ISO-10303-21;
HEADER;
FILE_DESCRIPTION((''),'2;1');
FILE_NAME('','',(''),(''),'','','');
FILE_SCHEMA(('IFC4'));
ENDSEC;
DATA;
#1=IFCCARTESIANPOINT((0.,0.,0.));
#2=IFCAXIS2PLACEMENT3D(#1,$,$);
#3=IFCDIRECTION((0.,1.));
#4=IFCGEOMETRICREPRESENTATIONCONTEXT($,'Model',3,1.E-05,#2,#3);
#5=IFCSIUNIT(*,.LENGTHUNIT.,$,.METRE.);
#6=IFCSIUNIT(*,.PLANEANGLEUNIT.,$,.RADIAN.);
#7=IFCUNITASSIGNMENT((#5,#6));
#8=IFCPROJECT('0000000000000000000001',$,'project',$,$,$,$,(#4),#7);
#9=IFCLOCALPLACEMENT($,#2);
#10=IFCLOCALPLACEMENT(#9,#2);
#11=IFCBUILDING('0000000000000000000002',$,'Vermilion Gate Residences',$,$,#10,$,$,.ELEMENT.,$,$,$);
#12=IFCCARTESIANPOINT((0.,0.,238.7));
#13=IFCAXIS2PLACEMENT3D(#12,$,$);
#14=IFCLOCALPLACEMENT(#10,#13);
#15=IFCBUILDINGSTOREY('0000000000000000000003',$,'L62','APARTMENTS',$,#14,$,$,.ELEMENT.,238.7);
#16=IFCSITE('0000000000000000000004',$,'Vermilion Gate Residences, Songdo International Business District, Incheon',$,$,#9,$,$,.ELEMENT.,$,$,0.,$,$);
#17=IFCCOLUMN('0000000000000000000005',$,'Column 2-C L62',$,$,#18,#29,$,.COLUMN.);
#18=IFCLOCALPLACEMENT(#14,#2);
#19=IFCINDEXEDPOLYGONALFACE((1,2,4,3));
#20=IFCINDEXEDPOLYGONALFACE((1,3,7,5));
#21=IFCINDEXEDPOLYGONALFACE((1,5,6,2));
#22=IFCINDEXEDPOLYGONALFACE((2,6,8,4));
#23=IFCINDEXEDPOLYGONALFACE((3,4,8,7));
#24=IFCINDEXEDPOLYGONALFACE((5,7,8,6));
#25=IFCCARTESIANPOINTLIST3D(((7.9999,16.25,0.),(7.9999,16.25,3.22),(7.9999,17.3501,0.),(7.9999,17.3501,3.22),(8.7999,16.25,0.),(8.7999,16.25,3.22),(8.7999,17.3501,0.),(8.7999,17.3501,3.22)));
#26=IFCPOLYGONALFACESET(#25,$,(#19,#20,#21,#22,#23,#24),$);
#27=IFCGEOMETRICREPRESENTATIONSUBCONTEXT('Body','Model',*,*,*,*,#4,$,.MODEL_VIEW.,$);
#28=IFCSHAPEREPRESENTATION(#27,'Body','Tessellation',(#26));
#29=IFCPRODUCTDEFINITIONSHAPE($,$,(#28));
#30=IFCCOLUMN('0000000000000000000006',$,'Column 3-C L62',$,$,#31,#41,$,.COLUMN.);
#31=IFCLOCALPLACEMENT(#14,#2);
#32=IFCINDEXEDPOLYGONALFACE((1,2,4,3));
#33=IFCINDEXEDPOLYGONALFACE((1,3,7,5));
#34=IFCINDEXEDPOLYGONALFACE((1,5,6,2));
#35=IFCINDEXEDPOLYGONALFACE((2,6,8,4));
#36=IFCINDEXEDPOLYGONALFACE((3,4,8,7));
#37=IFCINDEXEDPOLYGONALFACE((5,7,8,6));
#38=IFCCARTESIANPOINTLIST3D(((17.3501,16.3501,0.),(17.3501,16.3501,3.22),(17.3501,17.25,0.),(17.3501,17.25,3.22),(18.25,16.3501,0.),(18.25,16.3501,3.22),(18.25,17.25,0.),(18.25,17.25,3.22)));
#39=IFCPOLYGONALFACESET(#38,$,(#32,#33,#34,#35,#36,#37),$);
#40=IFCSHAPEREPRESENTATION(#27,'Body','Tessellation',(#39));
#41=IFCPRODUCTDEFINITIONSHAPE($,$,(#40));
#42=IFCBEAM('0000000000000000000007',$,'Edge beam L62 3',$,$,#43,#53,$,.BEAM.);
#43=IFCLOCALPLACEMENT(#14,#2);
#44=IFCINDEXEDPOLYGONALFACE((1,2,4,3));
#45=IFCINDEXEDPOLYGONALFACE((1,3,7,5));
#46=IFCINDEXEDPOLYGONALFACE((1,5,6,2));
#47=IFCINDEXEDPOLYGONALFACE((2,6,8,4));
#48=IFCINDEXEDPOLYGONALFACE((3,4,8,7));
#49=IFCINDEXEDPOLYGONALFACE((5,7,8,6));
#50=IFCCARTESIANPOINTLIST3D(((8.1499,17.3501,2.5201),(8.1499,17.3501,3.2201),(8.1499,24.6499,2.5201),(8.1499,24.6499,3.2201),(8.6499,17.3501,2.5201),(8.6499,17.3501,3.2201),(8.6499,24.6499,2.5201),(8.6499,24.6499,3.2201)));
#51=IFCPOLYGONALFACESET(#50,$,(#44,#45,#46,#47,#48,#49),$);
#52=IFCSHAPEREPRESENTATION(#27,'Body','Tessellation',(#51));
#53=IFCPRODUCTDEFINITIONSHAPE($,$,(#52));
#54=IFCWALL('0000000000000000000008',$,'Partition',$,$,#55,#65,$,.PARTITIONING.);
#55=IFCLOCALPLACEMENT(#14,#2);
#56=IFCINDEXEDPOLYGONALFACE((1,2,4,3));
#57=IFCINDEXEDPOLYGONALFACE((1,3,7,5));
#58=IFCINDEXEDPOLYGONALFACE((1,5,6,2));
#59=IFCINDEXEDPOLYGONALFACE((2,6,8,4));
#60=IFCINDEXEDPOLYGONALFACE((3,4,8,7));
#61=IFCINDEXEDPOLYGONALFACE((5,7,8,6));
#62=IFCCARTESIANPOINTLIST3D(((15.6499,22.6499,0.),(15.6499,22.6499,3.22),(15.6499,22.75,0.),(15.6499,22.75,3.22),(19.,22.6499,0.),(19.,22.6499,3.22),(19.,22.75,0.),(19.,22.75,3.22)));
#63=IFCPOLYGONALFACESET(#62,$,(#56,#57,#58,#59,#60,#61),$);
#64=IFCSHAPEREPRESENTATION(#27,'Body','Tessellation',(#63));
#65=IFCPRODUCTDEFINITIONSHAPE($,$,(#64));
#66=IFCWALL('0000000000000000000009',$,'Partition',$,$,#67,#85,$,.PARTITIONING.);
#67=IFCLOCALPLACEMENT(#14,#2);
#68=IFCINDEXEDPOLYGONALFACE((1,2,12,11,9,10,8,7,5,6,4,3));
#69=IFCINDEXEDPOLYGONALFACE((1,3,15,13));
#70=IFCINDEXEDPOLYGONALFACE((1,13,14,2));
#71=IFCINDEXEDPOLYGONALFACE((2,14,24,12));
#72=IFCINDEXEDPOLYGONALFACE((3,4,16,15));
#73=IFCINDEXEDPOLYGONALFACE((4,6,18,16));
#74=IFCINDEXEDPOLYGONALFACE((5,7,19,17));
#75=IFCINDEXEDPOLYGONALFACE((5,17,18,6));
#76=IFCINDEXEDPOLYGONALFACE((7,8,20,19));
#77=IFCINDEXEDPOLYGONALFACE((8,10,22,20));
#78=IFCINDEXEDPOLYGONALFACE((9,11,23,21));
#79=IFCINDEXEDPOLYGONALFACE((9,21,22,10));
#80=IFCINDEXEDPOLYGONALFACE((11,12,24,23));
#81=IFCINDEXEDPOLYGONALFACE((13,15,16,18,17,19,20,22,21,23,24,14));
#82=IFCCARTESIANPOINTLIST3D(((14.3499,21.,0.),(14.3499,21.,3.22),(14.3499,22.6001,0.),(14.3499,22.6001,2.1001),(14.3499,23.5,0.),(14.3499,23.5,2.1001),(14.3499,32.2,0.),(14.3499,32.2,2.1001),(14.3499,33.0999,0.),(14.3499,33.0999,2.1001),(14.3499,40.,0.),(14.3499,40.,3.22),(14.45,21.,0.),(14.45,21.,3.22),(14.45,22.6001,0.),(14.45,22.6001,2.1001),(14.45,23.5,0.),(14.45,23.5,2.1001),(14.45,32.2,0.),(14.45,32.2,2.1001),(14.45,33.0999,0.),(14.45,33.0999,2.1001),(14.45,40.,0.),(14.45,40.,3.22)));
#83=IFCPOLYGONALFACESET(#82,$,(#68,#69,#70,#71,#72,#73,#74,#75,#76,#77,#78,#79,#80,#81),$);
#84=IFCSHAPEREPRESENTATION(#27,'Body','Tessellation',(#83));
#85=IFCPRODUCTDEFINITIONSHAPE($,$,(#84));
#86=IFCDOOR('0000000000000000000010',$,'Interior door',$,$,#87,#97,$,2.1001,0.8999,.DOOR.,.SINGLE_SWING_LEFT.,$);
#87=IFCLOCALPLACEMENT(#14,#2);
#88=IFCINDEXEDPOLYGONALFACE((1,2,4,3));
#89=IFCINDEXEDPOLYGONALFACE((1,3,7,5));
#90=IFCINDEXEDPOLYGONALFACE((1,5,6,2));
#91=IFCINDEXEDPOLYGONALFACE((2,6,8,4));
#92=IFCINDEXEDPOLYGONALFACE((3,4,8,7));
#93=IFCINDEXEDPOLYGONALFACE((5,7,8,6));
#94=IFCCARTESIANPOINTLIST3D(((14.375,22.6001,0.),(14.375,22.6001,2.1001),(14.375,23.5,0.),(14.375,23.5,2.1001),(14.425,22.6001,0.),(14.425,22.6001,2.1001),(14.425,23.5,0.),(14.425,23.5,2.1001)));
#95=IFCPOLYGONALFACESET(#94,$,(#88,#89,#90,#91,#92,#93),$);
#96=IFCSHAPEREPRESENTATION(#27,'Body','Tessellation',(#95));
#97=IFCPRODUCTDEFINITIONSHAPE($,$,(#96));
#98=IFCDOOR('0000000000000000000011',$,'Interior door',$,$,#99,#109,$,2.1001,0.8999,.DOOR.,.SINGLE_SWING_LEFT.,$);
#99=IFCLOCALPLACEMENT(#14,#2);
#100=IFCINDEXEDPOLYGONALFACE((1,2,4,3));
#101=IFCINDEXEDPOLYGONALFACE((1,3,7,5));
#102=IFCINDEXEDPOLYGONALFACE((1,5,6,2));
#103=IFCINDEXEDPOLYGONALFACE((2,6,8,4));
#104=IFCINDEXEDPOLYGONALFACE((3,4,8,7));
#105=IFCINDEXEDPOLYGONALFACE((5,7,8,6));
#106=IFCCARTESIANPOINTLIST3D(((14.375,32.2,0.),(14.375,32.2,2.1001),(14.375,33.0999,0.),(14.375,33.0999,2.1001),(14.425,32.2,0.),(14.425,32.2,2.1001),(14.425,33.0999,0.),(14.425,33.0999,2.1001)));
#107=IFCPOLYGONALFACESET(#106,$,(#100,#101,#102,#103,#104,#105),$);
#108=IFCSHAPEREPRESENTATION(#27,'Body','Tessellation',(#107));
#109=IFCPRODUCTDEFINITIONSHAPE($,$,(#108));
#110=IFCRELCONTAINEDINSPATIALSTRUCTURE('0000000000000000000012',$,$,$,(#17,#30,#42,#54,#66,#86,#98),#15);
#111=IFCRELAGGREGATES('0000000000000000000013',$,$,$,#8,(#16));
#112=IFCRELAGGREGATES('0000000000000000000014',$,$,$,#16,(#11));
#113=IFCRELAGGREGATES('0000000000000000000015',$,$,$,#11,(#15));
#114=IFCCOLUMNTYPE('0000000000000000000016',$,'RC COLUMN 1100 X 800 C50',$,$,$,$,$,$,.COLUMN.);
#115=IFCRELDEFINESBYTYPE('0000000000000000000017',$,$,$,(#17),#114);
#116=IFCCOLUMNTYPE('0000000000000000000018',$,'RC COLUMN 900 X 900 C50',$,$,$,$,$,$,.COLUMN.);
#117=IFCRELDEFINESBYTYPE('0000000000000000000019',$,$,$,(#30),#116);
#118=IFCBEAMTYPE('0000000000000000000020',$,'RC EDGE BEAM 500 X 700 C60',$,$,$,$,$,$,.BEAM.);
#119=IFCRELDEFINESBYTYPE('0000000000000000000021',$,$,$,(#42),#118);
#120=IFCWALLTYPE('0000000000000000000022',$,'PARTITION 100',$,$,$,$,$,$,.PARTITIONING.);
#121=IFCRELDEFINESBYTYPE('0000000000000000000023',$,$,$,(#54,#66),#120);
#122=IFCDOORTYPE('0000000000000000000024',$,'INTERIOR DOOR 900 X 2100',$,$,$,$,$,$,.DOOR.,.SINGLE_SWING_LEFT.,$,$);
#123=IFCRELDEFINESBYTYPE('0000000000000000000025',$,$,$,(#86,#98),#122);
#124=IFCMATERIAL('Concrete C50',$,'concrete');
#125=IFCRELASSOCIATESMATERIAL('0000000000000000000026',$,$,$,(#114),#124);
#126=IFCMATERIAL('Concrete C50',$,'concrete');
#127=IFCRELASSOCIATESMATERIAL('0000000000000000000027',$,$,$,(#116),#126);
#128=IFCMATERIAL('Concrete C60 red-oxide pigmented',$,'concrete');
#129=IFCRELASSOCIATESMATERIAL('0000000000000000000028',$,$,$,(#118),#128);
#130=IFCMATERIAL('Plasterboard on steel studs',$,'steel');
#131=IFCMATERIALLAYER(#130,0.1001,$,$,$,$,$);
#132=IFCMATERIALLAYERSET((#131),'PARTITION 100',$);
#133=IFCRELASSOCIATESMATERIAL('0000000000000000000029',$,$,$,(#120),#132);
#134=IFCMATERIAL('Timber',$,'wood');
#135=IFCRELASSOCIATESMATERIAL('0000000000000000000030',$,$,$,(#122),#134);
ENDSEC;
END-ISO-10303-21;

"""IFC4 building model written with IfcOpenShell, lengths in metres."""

from ifc_helpers import new_model, si_unit, direction, frame, frame_2d, origin, origin_2d, place, context, subcontext, project, spatial, rectangle, extrude, material, layer, layer_set, material_profile, profile_set, type_object, element, fill, save


model = new_model("IFC4")

# Units and contexts
model_context = context("Model", 3, precision=1e-05, world=origin(), true_north=direction((0.0, 1.0)))
body_context = subcontext(model_context, "Body", "Model", "MODEL_VIEW")
ifc_project = project(units=[si_unit("LENGTHUNIT", "METRE"), si_unit("PLANEANGLEUNIT", "RADIAN")], contexts=[model_context])

# Site, building, storey
site_placement = place(None, origin())
site = spatial("IfcSite", under=ifc_project, at=site_placement, Name="Vermilion Gate Residences, Songdo International Business District, Incheon", CompositionType="ELEMENT", RefElevation=0.0)
building_placement = place(site_placement, origin())
building = spatial("IfcBuilding", under=site, at=building_placement, Name="Vermilion Gate Residences", CompositionType="ELEMENT")
storey_placement = place(building_placement, frame((0.0, 0.0, 238.7)))
storey = spatial("IfcBuildingStorey", under=building, at=storey_placement, Name="L62", Description="APARTMENTS", CompositionType="ELEMENT", Elevation=238.7)

# Columns
ifc_material_1 = material(Name="Concrete C50", Category="concrete")
ifc_material_profile_1 = material_profile(ifc_material_1, rectangle(XDim=1.1001, YDim=0.8, at=origin_2d()), Name="RC-1100x800")
ifc_profile_set_1 = profile_set([ifc_material_profile_1], Name="Concrete C50")
column_type_1 = type_object("IfcColumnType", Name="RC COLUMN 1100 X 800 C50", PredefinedType="COLUMN", material=ifc_profile_set_1)
column_1_placement = place(storey_placement, frame((8.3999, 16.8, 0.0), z_axis=(0.0, 0.0, 1.0), x_axis=(0.0, 1.0, 0.0)))
element("IfcColumn", 1, at=column_1_placement, inside=storey, type_object=column_type_1, Name="Column 2-C L62", PredefinedType="COLUMN", context=body_context, shape_type="SweptSolid", body=[
    extrude(rectangle(XDim=1.1001, YDim=0.8, at=origin_2d()), origin(), (0.0, 0.0, 1.0), 3.22),
])
ifc_material_2 = material(Name="Concrete C50", Category="concrete")
ifc_material_profile_2 = material_profile(ifc_material_2, rectangle(XDim=0.8999, YDim=0.8999, at=origin_2d()), Name="RC-900x900")
ifc_profile_set_2 = profile_set([ifc_material_profile_2], Name="Concrete C50")
column_type_2 = type_object("IfcColumnType", Name="RC COLUMN 900 X 900 C50", PredefinedType="COLUMN", material=ifc_profile_set_2)
column_2_placement = place(storey_placement, frame((17.8, 16.8, 0.0), z_axis=(0.0, 0.0, 1.0), x_axis=(1.0, 0.0, 0.0)))
element("IfcColumn", 2, at=column_2_placement, inside=storey, type_object=column_type_2, Name="Column 3-C L62", PredefinedType="COLUMN", context=body_context, shape_type="SweptSolid", body=[
    extrude(rectangle(XDim=0.8999, YDim=0.8999, at=origin_2d()), origin(), (0.0, 0.0, 1.0), 3.22),
])

# Beam
ifc_material_3 = material(Name="Concrete C60 red-oxide pigmented", Category="concrete")
ifc_material_profile_3 = material_profile(ifc_material_3, rectangle(XDim=0.5, YDim=0.7, at=origin_2d()), Name="RC-500x700")
ifc_profile_set_3 = profile_set([ifc_material_profile_3], Name="Concrete C60 red-oxide pigmented")
beam_type = type_object("IfcBeamType", Name="RC EDGE BEAM 500 X 700 C60", PredefinedType="BEAM", material=ifc_profile_set_3)
beam_placement = place(storey_placement, frame((8.3999, 17.3501, 2.8701), z_axis=(0.0, 1.0, 0.0), x_axis=(-1.0, 0.0, 0.0)))
element("IfcBeam", 3, at=beam_placement, inside=storey, type_object=beam_type, Name="Edge beam L62 3", PredefinedType="BEAM", context=body_context, shape_type="SweptSolid", body=[
    extrude(rectangle(XDim=0.5, YDim=0.7, at=origin_2d()), origin(), (0.0, 0.0, 1.0), 7.2998),
])

# Wall
ifc_material_4 = material(Name="Plasterboard on steel studs", Category="steel")
ifc_layer_1 = layer(ifc_material_4, 0.1001)
ifc_layer_set_1 = layer_set([ifc_layer_1], Name="PARTITION 100")
wall_type_1 = type_object("IfcWallType", Name="PARTITION 100", PredefinedType="PARTITIONING", material=ifc_layer_set_1)
wall_1_placement = place(storey_placement, frame((15.6499, 22.7, 0.0), z_axis=(0.0, 0.0, 1.0), x_axis=(1.0, 0.0, 0.0)))
element("IfcWall", 4, at=wall_1_placement, inside=storey, type_object=wall_type_1, Name="Partition", PredefinedType="PARTITIONING", context=body_context, shape_type="SweptSolid", body=[
    extrude(rectangle(XDim=3.3501, YDim=0.1001, at=frame_2d((1.675, 0.0))), origin(), (0.0, 0.0, 1.0), 3.22),
])

# Wall, openings, doors
wall_2_placement = place(storey_placement, frame((14.3999, 21.0, 0.0), z_axis=(0.0, 0.0, 1.0), x_axis=(0.0, 1.0, 0.0)))
wall_2 = element("IfcWall", 5, at=wall_2_placement, inside=storey, type_object=wall_type_1, Name="Partition", PredefinedType="PARTITIONING", context=body_context, shape_type="SweptSolid", body=[
    extrude(rectangle(XDim=19.0, YDim=0.1001, at=frame_2d((9.5, 0.0))), origin(), (0.0, 0.0, 1.0), 3.22),
])
opening_1_placement = place(wall_2_placement, frame((1.6001, 0.0, 0.0)))
opening_1 = element("IfcOpeningElement", 6, at=opening_1_placement, cuts=wall_2, PredefinedType="OPENING", context=body_context, shape_type="SweptSolid", body=[
    extrude(rectangle(XDim=0.8999, YDim=2.1001, at=frame_2d((0.45, 1.05))), frame((0.0, 0.0601, 0.0), z_axis=(0.0, -1.0, 0.0), x_axis=(1.0, 0.0, 0.0)), (0.0, 0.0, 1.0), 0.1201),
])
opening_2_placement = place(wall_2_placement, frame((11.2, 0.0, 0.0)))
opening_2 = element("IfcOpeningElement", 7, at=opening_2_placement, cuts=wall_2, PredefinedType="OPENING", context=body_context, shape_type="SweptSolid", body=[
    extrude(rectangle(XDim=0.8999, YDim=2.1001, at=frame_2d((0.45, 1.05))), frame((0.0, 0.0601, 0.0), z_axis=(0.0, -1.0, 0.0), x_axis=(1.0, 0.0, 0.0)), (0.0, 0.0, 1.0), 0.1201),
])
ifc_material_5 = material(Name="Timber", Category="wood")
door_type_1 = type_object("IfcDoorType", Name="INTERIOR DOOR 900 X 2100", OperationType="SINGLE_SWING_LEFT", PredefinedType="DOOR", material=ifc_material_5)
door_1_placement = place(opening_1_placement, origin())
door_1 = element("IfcDoor", 8, at=door_1_placement, inside=storey, type_object=door_type_1, Name="Interior door", OperationType="SINGLE_SWING_LEFT", OverallHeight=2.1001, OverallWidth=0.8999, PredefinedType="DOOR", context=body_context, shape_type="SweptSolid", body=[
    extrude(rectangle(XDim=0.8999, YDim=2.1001, at=frame_2d((0.45, 1.05))), frame((0.0, 0.0249, 0.0), z_axis=(0.0, -1.0, 0.0), x_axis=(1.0, 0.0, 0.0)), (0.0, 0.0, 1.0), 0.05),
])
fill(opening_1, door_1)
door_2_placement = place(opening_2_placement, origin())
door_2 = element("IfcDoor", 9, at=door_2_placement, inside=storey, type_object=door_type_1, Name="Interior door", OperationType="SINGLE_SWING_LEFT", OverallHeight=2.1001, OverallWidth=0.8999, PredefinedType="DOOR", context=body_context, shape_type="SweptSolid", body=[
    extrude(rectangle(XDim=0.8999, YDim=2.1001, at=frame_2d((0.45, 1.05))), frame((0.0, 0.0249, 0.0), z_axis=(0.0, -1.0, 0.0), x_axis=(1.0, 0.0, 0.0)), (0.0, 0.0, 1.0), 0.05),
])
fill(opening_2, door_2)

save(model, "model.ifc")
